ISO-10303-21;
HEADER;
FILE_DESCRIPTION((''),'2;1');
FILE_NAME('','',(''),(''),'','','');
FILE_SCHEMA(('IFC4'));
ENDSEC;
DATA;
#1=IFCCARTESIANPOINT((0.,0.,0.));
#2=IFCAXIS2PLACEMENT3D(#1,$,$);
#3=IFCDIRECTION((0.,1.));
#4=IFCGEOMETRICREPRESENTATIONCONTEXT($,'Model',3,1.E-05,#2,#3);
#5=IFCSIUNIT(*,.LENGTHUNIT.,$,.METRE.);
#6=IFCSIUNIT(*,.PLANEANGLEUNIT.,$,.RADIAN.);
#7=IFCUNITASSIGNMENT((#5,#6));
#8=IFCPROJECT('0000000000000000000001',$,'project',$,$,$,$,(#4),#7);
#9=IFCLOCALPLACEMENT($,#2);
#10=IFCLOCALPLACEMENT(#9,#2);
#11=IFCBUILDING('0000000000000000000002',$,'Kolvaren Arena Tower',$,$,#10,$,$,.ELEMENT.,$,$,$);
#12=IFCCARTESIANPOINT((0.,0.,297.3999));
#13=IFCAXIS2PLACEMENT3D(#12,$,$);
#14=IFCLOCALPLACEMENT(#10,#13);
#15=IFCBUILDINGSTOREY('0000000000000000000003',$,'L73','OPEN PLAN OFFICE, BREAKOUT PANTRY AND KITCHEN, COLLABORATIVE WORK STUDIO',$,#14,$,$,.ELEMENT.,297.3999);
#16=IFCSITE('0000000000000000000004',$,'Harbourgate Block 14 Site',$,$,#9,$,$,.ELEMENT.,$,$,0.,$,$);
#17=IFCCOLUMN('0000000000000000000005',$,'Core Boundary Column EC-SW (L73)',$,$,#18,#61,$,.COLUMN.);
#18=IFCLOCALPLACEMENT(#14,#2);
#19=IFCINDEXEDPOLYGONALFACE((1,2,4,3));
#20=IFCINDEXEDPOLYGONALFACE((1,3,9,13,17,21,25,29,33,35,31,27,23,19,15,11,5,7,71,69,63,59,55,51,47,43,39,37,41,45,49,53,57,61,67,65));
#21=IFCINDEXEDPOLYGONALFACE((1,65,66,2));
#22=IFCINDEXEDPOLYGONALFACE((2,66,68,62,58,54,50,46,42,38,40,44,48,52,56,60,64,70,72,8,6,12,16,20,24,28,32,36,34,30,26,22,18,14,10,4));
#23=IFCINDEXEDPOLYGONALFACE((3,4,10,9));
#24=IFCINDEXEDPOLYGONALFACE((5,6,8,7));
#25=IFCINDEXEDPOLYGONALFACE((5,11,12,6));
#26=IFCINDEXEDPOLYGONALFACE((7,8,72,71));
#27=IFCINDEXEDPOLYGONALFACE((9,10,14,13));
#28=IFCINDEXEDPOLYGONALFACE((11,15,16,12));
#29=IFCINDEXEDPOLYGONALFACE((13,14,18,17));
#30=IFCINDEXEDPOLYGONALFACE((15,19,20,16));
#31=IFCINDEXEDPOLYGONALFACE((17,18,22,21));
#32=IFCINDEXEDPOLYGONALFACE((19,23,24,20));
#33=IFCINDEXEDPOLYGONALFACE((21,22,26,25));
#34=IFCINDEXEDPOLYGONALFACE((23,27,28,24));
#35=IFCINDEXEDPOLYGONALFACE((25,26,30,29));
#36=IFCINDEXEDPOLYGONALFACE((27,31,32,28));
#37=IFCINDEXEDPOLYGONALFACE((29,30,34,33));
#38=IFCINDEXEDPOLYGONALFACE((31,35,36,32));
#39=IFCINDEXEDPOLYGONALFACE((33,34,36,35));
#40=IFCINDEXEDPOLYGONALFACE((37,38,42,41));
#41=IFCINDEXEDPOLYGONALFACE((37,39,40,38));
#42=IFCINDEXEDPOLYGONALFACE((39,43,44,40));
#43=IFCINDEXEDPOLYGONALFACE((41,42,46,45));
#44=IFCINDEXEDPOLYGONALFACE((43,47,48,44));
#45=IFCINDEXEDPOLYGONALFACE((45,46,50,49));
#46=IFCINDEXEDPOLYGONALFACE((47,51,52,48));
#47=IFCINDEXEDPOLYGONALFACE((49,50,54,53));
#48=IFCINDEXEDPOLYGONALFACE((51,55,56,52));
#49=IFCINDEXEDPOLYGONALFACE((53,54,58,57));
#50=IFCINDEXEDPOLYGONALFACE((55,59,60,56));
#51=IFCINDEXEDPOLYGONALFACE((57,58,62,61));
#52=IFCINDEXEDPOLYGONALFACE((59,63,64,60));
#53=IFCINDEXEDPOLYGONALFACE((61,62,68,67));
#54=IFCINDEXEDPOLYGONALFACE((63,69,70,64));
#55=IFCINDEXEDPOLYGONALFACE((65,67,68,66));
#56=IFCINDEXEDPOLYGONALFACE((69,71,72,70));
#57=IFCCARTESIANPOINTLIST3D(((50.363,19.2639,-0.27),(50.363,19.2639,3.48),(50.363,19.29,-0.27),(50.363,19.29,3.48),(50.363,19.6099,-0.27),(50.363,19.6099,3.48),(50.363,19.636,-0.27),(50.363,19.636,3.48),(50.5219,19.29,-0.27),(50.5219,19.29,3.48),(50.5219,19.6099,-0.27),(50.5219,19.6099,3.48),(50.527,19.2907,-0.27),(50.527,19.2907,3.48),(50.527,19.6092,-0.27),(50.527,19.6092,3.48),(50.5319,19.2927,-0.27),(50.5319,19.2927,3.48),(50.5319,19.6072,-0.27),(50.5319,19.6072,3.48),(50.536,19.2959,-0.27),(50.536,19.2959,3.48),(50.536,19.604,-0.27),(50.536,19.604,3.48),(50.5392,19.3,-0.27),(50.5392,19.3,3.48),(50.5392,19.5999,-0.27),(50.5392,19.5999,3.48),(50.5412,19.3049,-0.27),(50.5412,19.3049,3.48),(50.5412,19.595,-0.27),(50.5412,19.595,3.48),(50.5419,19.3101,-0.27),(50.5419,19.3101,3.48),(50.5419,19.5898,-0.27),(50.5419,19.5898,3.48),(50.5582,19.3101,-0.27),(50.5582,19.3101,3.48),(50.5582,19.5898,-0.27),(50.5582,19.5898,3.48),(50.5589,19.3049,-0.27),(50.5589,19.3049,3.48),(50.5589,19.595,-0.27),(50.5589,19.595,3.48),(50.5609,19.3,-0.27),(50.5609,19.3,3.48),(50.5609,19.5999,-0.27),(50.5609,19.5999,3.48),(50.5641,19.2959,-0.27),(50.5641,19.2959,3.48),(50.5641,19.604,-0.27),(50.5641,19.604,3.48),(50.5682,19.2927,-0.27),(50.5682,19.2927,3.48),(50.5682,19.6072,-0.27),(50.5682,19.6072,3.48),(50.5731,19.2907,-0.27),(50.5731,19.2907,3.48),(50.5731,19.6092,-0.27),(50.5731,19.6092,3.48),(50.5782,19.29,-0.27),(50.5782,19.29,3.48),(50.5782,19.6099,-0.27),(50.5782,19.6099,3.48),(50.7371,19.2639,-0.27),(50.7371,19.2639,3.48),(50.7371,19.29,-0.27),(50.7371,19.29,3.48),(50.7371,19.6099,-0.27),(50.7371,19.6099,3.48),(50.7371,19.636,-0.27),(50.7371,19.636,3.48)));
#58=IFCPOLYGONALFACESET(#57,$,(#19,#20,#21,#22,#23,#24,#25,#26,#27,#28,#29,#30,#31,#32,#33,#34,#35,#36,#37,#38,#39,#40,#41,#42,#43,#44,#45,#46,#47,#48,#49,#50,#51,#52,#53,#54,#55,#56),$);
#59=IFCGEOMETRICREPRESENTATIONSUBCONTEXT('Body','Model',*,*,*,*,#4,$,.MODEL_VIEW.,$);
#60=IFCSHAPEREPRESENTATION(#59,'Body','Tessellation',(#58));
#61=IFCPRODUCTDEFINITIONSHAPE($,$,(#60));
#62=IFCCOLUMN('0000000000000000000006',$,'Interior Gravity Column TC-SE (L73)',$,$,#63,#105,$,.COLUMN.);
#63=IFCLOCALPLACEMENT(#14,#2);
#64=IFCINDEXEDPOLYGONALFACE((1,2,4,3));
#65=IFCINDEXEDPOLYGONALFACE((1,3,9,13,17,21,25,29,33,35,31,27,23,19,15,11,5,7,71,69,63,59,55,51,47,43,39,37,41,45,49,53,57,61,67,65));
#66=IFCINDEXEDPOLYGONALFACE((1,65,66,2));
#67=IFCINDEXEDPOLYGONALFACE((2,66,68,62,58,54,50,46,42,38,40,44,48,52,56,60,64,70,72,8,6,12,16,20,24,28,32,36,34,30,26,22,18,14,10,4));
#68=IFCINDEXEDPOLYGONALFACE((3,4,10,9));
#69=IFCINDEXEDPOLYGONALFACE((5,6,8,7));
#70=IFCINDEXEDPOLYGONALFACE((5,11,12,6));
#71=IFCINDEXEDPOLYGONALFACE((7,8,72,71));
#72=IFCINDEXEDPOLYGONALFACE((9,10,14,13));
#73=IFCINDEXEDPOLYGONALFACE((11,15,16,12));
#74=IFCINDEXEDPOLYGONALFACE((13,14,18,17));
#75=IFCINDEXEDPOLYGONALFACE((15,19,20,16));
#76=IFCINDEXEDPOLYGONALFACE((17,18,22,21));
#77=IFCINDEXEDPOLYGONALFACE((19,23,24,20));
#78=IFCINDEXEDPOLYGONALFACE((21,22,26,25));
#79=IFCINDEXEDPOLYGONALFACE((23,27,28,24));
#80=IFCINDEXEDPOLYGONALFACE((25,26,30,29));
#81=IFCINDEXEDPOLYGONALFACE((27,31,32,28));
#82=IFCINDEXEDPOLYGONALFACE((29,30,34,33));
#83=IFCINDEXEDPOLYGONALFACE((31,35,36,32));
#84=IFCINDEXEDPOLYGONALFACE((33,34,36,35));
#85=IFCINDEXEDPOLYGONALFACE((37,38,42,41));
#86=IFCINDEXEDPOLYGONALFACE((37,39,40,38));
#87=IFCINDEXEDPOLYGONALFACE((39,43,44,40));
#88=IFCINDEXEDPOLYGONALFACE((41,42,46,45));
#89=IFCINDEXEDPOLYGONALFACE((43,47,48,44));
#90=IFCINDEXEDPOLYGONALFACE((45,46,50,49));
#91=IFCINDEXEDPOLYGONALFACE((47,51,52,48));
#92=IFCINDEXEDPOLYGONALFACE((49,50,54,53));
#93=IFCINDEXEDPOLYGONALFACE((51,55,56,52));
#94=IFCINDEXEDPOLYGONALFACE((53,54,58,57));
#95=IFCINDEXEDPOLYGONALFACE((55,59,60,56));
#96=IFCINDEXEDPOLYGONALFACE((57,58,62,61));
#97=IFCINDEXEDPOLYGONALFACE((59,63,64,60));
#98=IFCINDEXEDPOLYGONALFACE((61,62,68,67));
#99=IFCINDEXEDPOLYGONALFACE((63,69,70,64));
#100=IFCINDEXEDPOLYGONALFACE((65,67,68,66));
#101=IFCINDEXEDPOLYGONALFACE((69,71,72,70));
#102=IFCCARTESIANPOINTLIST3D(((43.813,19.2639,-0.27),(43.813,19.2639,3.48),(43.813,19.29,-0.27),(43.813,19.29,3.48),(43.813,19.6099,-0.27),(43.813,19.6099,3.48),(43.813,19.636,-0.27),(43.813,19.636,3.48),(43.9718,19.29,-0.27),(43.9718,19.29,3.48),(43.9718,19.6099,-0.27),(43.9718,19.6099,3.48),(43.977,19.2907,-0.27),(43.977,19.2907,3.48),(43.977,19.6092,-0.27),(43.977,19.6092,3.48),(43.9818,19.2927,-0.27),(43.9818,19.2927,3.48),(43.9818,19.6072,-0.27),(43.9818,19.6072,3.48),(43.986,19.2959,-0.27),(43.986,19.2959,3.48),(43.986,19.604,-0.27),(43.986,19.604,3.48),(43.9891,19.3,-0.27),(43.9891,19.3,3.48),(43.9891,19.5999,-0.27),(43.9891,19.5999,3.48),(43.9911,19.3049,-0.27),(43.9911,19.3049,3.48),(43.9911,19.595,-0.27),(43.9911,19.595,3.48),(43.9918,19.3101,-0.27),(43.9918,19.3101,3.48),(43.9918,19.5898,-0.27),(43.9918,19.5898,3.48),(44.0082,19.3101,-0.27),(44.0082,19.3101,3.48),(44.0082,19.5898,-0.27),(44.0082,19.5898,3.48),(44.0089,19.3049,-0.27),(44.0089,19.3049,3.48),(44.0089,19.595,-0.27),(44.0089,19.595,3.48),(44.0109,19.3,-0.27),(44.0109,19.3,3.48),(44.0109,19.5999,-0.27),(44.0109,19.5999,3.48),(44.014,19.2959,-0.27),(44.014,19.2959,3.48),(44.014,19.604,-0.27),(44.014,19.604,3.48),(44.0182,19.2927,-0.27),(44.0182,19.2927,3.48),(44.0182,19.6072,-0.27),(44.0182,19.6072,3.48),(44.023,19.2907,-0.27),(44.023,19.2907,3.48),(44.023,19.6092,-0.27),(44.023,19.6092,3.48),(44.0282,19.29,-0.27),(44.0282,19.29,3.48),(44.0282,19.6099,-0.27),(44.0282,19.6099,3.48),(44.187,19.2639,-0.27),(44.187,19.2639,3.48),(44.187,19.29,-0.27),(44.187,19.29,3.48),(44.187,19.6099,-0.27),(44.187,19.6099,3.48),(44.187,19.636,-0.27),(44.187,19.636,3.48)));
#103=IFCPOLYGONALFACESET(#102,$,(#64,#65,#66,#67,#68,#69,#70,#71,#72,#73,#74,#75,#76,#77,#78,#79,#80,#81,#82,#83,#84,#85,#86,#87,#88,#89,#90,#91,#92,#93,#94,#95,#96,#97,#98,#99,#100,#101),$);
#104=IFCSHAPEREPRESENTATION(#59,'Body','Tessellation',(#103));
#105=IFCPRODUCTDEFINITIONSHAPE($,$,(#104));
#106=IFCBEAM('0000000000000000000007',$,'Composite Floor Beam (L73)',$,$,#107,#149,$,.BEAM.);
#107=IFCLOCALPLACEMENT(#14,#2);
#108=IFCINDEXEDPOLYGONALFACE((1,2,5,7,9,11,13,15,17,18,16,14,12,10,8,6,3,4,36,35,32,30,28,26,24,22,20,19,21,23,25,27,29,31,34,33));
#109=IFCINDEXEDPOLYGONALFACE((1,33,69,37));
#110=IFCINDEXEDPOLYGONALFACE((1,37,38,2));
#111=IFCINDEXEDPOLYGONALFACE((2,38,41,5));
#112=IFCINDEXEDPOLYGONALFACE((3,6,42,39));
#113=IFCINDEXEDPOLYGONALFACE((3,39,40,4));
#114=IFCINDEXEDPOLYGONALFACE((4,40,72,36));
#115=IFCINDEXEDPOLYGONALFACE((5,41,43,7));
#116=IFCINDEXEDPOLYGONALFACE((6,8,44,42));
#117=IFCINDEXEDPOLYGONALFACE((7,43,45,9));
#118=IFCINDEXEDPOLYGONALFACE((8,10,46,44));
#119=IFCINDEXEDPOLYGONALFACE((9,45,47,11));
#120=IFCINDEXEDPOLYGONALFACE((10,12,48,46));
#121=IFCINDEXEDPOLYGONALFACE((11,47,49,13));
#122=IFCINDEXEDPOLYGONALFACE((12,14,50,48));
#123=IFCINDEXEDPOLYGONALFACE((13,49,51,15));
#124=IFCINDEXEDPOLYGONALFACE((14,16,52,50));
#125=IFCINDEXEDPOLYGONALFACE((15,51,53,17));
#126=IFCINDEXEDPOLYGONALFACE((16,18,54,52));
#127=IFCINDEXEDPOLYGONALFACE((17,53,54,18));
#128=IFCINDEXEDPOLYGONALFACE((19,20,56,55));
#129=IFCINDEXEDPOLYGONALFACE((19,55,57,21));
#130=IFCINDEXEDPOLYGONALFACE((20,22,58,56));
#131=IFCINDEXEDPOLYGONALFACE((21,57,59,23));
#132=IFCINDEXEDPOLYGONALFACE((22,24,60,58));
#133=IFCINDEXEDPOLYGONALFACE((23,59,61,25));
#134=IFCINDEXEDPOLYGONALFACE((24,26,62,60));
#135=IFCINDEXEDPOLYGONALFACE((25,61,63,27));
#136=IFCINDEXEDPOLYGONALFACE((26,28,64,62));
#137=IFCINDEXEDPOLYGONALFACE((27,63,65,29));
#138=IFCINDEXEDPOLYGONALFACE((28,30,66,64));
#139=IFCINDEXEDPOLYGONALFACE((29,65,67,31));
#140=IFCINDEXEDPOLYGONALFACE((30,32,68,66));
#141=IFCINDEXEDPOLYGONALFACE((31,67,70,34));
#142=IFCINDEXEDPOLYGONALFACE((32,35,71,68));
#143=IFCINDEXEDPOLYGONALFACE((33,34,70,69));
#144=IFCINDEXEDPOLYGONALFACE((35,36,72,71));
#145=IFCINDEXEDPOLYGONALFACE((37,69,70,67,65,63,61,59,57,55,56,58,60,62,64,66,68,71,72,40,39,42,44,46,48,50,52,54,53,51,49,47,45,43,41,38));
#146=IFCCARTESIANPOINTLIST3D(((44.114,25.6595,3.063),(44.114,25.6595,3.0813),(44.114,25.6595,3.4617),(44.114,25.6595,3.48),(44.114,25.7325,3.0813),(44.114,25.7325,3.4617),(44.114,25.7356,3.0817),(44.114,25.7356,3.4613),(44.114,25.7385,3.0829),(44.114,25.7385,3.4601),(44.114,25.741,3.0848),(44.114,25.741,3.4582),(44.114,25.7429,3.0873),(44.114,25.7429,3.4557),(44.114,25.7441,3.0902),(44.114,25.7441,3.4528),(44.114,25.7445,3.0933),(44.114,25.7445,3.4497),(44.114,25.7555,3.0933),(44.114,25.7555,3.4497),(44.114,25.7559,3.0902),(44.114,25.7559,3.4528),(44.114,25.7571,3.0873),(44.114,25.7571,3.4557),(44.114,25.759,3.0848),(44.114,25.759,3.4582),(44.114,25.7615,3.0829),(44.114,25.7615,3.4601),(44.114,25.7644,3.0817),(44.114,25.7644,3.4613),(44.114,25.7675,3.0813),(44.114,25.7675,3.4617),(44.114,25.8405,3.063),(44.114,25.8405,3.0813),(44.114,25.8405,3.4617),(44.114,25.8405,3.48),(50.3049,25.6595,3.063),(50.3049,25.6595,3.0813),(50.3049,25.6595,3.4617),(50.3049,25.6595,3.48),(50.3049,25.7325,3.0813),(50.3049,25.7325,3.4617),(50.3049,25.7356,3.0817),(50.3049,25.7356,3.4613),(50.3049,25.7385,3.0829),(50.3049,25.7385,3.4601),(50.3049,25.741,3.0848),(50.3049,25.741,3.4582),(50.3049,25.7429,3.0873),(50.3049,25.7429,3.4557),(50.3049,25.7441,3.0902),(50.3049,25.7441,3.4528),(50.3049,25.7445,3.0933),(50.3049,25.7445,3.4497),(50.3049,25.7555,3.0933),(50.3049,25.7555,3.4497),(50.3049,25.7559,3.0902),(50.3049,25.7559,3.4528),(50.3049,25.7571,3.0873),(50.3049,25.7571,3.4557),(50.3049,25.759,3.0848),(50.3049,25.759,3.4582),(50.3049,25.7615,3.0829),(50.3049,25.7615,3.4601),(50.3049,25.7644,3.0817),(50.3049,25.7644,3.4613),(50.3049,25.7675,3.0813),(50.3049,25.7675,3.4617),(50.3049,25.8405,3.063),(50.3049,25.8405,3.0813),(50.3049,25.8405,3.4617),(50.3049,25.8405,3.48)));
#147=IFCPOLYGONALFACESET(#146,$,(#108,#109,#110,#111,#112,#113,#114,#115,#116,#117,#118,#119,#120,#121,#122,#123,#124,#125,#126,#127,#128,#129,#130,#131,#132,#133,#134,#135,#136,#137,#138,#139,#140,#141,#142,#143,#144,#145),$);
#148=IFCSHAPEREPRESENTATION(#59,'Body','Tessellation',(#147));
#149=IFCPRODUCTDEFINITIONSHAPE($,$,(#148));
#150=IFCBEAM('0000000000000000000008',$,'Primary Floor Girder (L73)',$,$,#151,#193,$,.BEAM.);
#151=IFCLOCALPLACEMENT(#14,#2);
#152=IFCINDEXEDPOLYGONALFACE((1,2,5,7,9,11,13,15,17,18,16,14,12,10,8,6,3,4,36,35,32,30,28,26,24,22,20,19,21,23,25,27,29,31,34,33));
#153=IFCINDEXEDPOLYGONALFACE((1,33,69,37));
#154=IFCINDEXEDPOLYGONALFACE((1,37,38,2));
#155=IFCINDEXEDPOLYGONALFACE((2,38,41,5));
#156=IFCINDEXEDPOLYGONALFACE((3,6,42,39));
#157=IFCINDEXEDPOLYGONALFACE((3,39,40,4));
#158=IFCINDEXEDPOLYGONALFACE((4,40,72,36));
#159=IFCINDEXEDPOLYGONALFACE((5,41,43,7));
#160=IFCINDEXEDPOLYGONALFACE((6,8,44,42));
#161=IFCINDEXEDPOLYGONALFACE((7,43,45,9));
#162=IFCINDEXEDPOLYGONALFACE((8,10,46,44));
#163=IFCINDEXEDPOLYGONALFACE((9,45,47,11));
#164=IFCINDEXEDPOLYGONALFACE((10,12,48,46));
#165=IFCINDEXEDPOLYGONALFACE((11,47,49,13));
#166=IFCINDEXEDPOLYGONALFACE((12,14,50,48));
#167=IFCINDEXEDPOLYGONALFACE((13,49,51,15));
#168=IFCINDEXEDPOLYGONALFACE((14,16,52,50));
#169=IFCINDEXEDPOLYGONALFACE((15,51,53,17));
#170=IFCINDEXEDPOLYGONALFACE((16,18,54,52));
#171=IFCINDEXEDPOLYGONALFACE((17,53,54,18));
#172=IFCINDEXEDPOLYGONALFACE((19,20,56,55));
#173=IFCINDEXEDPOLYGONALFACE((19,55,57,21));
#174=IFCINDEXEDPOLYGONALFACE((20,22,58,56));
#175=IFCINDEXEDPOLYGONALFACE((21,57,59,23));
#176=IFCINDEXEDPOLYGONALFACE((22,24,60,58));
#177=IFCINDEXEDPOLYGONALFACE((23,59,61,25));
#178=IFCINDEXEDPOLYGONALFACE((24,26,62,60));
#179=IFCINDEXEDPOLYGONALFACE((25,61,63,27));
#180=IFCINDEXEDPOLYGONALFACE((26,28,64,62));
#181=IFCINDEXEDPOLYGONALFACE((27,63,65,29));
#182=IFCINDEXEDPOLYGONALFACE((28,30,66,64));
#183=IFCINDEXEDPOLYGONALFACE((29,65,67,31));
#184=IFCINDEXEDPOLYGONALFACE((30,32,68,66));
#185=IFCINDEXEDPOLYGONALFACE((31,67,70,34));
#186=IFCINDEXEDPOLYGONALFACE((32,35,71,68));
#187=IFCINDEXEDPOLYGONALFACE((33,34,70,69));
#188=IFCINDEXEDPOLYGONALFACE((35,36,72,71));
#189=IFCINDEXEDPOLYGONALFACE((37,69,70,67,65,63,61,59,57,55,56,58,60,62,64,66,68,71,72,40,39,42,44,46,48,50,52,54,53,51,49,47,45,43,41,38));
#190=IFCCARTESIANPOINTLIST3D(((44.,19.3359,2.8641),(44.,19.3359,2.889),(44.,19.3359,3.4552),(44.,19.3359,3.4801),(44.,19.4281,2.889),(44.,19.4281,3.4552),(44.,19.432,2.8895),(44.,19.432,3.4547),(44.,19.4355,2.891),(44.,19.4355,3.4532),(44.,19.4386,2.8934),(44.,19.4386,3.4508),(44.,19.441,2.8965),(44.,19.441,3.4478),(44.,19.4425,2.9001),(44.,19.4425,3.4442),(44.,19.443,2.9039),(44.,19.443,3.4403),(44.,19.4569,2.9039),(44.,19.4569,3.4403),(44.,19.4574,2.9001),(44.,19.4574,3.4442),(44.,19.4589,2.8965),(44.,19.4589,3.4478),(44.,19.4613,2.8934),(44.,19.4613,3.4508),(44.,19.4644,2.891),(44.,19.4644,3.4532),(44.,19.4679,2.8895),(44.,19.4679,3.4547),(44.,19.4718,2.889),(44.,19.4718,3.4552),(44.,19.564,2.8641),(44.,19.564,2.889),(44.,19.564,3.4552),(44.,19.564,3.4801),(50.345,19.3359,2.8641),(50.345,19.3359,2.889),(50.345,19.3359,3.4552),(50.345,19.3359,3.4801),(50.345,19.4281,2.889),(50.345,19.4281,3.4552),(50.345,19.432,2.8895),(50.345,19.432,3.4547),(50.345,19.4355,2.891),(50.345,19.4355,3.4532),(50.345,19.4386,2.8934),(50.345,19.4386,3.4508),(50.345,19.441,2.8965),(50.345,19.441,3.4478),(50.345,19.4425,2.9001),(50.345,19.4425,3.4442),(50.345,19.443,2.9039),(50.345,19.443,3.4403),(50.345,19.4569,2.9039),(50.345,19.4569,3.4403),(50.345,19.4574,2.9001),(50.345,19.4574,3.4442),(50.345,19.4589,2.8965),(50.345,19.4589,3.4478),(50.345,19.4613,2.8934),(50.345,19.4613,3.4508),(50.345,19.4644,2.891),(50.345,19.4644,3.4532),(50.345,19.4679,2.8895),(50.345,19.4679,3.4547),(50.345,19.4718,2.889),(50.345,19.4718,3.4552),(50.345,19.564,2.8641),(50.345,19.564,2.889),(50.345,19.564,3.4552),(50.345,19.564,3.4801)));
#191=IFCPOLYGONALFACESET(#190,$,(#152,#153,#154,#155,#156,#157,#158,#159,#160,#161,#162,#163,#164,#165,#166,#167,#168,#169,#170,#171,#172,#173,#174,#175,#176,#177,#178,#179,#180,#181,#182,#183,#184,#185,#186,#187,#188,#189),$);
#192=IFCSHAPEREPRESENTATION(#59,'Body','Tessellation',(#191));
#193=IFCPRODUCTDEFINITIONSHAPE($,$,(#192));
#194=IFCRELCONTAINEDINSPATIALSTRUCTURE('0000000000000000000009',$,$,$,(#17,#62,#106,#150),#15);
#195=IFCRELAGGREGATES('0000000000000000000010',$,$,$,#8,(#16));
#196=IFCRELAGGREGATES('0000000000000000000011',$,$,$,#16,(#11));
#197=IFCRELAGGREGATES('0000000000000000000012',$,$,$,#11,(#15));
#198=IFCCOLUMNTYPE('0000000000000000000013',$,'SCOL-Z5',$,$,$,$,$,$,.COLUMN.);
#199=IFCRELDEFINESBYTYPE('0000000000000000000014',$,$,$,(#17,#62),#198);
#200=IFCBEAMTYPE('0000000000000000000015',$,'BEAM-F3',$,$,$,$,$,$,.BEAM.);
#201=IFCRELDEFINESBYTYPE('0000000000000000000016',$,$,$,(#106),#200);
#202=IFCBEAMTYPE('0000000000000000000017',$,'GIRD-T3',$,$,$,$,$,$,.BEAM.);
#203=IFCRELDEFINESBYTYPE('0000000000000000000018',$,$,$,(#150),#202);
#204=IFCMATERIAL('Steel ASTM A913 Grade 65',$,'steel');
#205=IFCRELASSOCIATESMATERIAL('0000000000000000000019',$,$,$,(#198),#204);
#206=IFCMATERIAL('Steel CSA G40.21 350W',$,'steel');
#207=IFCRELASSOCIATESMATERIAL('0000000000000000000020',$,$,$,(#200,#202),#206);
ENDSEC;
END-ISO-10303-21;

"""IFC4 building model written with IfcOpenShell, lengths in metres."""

from ifc_helpers import new_model, si_unit, direction, frame, origin, origin_2d, place, context, subcontext, project, spatial, i_section, extrude, material, material_profile, profile_set, type_object, element, save


model = new_model("IFC4")

# Units and contexts
model_context = context("Model", 3, precision=1e-05, world=origin(), true_north=direction((0.0, 1.0)))
body_context = subcontext(model_context, "Body", "Model", "MODEL_VIEW")
ifc_project = project(units=[si_unit("LENGTHUNIT", "METRE"), si_unit("PLANEANGLEUNIT", "RADIAN")], contexts=[model_context])

# Site, building, storey
site_placement = place(None, origin())
site = spatial("IfcSite", under=ifc_project, at=site_placement, Name="Harbourgate Block 14 Site", CompositionType="ELEMENT", RefElevation=0.0)
building_placement = place(site_placement, origin())
building = spatial("IfcBuilding", under=site, at=building_placement, Name="Kolvaren Arena Tower", CompositionType="ELEMENT")
storey_placement = place(building_placement, frame((0.0, 0.0, 297.3999)))
storey = spatial("IfcBuildingStorey", under=building, at=storey_placement, Name="L73", Description="OPEN PLAN OFFICE, BREAKOUT PANTRY AND KITCHEN, COLLABORATIVE WORK STUDIO", CompositionType="ELEMENT", Elevation=297.3999)

# Columns
ifc_material_1 = material(Name="Steel ASTM A913 Grade 65", Category="steel")
ifc_material_profile_1 = material_profile(ifc_material_1, i_section(OverallWidth=0.374, OverallDepth=0.3721, WebThickness=0.0164, FlangeThickness=0.0261, FilletRadius=0.02, at=origin_2d()), Name="W360x196")
ifc_profile_set_1 = profile_set([ifc_material_profile_1], Name="Steel ASTM A913 Grade 65")
column_type = type_object("IfcColumnType", Name="SCOL-Z5", PredefinedType="COLUMN", material=ifc_profile_set_1)
for number, where, z_axis, x_axis, name in (
    (1, (50.55, 19.45, -0.27), (0.0, 0.0, 1.0), (1.0, 0.0, 0.0), "Core Boundary Column EC-SW (L73)"),
    (2, (44.0, 19.45, -0.27), (0.0, 0.0, 1.0), (1.0, 0.0, 0.0), "Interior Gravity Column TC-SE (L73)"),
):
    element("IfcColumn", number, at=place(storey_placement, frame(where, z_axis=z_axis, x_axis=x_axis)), inside=storey, type_object=column_type, Name=name, PredefinedType="COLUMN", context=body_context, shape_type="SweptSolid", body=[
        extrude(i_section(OverallWidth=0.374, OverallDepth=0.3721, WebThickness=0.0164, FlangeThickness=0.0261, FilletRadius=0.02, at=origin_2d()), origin(), (0.0, 0.0, 1.0), 3.75),
    ])

# Beams
ifc_material_2 = material(Name="Steel CSA G40.21 350W", Category="steel")
ifc_material_profile_2 = material_profile(ifc_material_2, i_section(OverallWidth=0.1809, OverallDepth=0.417, WebThickness=0.011, FlangeThickness=0.0183, FilletRadius=0.012, at=origin_2d()), Name="W410x85")
ifc_profile_set_2 = profile_set([ifc_material_profile_2], Name="Steel CSA G40.21 350W")
beam_type_1 = type_object("IfcBeamType", Name="BEAM-F3", PredefinedType="BEAM", material=ifc_profile_set_2)
beam_1_placement = place(storey_placement, frame((44.114, 25.75, 3.2715), z_axis=(1.0, 0.0, 0.0), x_axis=(0.0, 1.0, 0.0)))
element("IfcBeam", 3, at=beam_1_placement, inside=storey, type_object=beam_type_1, Name="Composite Floor Beam (L73)", PredefinedType="BEAM", context=body_context, shape_type="SweptSolid", body=[
    extrude(i_section(OverallWidth=0.1809, OverallDepth=0.417, WebThickness=0.011, FlangeThickness=0.0183, FilletRadius=0.012, at=origin_2d()), origin(), (0.0, 0.0, 1.0), 6.1909),
])
ifc_material_profile_3 = material_profile(ifc_material_2, i_section(OverallWidth=0.228, OverallDepth=0.616, WebThickness=0.0139, FlangeThickness=0.0249, FilletRadius=0.0149, at=origin_2d()), Name="W610x174")
ifc_profile_set_3 = profile_set([ifc_material_profile_3], Name="Steel CSA G40.21 350W")
beam_type_2 = type_object("IfcBeamType", Name="GIRD-T3", PredefinedType="BEAM", material=ifc_profile_set_3)
beam_2_placement = place(storey_placement, frame((44.0, 19.45, 3.1721), z_axis=(1.0, 0.0, 0.0), x_axis=(0.0, 1.0, 0.0)))
element("IfcBeam", 4, at=beam_2_placement, inside=storey, type_object=beam_type_2, Name="Primary Floor Girder (L73)", PredefinedType="BEAM", context=body_context, shape_type="SweptSolid", body=[
    extrude(i_section(OverallWidth=0.228, OverallDepth=0.616, WebThickness=0.0139, FlangeThickness=0.0249, FilletRadius=0.0149, at=origin_2d()), origin(), (0.0, 0.0, 1.0), 6.345),
])

save(model, "model.ifc")
